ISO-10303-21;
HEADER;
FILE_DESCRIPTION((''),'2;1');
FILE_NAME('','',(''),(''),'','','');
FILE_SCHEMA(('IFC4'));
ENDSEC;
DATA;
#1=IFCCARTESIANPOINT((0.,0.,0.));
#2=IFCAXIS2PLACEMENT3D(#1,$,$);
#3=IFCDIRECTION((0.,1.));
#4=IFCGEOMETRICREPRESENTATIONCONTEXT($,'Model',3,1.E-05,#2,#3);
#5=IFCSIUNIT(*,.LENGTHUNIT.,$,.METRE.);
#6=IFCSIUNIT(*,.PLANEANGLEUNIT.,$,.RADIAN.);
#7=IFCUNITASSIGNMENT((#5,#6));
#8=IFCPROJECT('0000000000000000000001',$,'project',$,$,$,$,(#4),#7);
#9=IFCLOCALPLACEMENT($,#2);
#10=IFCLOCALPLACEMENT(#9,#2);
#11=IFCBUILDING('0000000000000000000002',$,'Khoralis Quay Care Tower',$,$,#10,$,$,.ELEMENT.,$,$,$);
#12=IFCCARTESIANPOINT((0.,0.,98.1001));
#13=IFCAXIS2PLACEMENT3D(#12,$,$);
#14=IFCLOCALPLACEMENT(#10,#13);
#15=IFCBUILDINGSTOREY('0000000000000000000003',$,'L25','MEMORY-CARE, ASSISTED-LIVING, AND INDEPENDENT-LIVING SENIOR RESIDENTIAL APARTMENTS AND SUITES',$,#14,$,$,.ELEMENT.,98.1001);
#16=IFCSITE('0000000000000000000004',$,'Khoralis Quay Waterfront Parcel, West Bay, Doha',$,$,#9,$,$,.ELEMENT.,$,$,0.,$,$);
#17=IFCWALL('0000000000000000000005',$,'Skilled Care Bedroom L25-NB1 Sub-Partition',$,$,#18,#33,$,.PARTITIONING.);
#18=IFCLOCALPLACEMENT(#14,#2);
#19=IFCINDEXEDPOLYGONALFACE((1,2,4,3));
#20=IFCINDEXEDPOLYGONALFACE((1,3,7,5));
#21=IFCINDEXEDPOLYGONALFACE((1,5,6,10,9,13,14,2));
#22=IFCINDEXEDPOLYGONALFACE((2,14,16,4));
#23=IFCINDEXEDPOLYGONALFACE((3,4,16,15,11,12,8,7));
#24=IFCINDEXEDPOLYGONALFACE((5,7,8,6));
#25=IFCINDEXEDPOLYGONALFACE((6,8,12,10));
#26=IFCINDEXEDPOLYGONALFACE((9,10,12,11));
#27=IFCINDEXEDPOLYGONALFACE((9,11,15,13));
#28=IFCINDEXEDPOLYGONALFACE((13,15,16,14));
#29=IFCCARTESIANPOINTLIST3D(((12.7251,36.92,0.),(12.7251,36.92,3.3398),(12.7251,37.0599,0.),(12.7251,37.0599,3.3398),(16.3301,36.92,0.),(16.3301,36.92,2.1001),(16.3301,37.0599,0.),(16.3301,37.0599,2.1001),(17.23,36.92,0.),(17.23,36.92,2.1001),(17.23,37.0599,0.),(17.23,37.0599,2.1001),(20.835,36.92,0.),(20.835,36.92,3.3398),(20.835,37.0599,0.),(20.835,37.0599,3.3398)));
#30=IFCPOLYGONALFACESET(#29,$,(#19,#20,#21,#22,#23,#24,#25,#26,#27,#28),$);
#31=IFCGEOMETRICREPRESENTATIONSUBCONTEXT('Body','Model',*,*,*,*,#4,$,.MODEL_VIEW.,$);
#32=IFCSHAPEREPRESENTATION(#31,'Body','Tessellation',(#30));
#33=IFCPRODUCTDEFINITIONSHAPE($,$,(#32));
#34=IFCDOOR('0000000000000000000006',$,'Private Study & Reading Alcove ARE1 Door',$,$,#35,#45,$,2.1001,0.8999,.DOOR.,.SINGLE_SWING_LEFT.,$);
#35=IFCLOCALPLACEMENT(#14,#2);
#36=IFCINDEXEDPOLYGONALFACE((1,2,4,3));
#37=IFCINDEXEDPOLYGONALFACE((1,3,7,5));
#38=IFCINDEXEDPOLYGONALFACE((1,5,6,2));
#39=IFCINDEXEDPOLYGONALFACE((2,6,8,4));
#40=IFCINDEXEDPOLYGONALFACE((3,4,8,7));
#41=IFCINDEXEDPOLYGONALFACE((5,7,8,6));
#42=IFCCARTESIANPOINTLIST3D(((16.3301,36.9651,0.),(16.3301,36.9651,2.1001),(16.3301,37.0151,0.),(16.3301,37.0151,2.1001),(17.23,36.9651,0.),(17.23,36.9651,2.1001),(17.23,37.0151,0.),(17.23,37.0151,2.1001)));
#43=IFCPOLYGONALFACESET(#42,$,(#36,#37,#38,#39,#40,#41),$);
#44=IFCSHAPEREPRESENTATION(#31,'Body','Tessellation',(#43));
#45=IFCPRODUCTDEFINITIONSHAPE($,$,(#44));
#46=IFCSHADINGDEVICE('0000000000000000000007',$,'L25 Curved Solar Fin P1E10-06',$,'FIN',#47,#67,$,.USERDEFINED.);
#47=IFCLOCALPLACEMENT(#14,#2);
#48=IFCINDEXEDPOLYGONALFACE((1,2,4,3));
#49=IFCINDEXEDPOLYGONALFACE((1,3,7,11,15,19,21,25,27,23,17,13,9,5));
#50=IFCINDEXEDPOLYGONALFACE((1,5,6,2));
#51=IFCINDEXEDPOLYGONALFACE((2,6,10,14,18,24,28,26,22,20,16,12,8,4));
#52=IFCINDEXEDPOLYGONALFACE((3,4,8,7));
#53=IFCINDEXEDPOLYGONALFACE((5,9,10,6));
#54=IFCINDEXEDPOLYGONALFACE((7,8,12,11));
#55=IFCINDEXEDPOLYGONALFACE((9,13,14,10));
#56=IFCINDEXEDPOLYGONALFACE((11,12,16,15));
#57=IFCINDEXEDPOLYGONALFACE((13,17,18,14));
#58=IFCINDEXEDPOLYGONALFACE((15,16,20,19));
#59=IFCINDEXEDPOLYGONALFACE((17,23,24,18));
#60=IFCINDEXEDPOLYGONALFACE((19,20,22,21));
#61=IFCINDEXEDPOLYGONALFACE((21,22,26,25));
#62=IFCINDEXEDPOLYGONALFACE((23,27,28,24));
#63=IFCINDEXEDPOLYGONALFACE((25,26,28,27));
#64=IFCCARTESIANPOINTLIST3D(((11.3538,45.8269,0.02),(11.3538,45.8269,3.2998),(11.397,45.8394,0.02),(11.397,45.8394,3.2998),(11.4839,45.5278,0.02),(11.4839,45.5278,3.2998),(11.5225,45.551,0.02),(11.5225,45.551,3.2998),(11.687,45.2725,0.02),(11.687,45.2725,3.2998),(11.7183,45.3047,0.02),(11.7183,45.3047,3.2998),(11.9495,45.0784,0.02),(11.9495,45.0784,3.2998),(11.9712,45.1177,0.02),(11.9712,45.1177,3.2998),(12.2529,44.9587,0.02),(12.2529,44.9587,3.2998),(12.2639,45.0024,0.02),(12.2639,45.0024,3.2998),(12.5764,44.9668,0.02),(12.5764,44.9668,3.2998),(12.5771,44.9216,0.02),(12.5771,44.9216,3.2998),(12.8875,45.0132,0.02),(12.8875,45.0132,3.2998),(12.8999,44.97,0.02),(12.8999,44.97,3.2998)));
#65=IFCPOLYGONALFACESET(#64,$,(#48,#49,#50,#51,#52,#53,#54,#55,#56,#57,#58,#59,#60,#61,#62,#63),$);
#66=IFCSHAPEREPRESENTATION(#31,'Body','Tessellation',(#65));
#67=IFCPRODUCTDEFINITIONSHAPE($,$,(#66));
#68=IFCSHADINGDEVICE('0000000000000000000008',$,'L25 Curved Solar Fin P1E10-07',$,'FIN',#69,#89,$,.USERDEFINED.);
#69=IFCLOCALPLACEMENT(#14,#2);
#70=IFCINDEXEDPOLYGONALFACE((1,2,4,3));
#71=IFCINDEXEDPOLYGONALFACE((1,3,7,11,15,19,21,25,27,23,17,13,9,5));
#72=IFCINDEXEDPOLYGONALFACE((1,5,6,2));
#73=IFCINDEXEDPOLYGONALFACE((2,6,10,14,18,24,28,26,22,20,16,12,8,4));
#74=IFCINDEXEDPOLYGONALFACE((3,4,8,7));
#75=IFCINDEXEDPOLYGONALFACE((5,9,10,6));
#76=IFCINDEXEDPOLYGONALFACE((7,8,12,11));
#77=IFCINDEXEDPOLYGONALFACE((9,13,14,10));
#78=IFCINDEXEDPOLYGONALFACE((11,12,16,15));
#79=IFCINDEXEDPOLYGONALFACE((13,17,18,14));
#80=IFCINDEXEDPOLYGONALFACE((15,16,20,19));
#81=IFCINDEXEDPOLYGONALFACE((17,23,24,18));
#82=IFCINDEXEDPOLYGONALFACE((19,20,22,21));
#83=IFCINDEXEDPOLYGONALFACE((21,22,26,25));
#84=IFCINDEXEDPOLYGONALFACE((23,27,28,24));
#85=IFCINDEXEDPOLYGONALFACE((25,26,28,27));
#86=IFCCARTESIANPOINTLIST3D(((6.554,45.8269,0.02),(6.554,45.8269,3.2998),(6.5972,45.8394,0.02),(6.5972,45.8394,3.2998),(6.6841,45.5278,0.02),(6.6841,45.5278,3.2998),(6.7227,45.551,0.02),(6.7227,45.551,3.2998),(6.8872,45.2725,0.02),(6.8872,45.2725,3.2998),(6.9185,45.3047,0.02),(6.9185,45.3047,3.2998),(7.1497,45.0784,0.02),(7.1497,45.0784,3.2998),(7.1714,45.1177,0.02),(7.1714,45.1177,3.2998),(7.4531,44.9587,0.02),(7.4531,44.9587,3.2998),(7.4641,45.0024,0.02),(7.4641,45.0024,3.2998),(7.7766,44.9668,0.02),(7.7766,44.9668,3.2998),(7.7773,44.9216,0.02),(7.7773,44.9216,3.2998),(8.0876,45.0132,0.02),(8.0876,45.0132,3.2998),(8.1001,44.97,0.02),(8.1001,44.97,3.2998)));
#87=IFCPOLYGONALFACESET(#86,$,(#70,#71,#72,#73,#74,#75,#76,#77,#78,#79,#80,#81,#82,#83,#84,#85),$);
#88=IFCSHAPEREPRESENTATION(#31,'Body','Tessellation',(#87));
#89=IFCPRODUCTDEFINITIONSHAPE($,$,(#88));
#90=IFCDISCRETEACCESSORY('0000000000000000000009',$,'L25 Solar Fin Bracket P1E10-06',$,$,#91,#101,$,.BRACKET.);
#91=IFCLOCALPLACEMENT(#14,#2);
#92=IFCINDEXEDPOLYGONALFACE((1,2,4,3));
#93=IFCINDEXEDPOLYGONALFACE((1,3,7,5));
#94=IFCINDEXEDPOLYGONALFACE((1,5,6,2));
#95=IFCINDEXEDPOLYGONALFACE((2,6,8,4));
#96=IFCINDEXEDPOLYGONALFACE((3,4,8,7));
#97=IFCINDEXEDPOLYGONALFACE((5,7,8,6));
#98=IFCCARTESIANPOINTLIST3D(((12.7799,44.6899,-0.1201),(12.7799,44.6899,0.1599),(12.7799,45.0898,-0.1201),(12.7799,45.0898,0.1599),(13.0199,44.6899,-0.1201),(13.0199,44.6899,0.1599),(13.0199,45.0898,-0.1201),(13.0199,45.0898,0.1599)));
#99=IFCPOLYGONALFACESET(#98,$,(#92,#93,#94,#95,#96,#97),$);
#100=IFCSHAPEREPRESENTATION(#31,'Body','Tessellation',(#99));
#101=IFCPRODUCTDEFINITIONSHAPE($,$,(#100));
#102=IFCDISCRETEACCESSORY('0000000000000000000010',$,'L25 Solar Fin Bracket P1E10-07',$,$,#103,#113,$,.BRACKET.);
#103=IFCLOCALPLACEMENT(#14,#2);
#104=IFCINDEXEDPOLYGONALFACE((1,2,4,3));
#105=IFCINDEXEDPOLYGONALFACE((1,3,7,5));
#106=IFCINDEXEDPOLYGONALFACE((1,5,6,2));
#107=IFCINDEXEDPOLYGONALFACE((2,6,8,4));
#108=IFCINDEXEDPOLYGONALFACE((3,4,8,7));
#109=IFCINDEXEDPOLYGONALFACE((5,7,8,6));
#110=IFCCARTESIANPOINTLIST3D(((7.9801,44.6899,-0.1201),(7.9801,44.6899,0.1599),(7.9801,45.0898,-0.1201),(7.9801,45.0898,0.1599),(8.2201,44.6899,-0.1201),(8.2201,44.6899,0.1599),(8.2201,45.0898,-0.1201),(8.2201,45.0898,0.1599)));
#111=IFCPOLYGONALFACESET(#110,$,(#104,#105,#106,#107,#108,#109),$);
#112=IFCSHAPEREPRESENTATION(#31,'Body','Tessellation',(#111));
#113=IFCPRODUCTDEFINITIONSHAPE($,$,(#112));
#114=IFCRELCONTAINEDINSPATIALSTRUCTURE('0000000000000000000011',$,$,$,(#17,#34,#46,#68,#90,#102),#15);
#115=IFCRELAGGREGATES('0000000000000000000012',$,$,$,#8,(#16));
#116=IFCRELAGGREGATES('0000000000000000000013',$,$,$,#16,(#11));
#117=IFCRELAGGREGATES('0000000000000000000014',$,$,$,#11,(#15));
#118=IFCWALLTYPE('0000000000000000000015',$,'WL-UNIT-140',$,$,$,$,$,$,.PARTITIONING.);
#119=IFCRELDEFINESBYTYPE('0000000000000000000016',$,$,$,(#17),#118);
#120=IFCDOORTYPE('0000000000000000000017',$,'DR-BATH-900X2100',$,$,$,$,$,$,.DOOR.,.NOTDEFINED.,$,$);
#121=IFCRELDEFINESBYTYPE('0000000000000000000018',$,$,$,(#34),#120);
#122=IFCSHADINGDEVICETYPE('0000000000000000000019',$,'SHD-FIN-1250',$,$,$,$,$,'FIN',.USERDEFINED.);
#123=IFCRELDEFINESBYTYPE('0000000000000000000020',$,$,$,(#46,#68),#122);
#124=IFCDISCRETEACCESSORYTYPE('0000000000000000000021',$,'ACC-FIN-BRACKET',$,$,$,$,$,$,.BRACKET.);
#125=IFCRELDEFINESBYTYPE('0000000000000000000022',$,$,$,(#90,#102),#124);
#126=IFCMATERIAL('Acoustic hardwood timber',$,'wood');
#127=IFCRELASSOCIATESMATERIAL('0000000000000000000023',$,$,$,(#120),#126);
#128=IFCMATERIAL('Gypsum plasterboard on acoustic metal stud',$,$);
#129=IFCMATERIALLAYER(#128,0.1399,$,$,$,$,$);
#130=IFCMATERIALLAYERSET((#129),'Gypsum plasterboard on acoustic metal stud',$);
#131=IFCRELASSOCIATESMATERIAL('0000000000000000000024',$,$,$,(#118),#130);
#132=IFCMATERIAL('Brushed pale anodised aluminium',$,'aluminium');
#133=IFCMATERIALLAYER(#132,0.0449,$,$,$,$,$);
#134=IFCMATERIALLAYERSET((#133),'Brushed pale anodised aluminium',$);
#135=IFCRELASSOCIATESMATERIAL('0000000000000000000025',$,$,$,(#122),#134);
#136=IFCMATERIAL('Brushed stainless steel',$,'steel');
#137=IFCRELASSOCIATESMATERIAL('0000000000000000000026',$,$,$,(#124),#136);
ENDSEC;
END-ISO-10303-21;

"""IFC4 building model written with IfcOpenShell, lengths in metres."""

from ifc_helpers import new_model, si_unit, direction, frame, frame_2d, origin, origin_2d, place, context, subcontext, project, spatial, polyline, rectangle, outline, extrude, source, transform, mapped, material, layer, layer_set, type_object, element, fill, save


model = new_model("IFC4")

# Units and contexts
model_context = context("Model", 3, precision=1e-05, world=origin(), true_north=direction((0.0, 1.0)))
body_context = subcontext(model_context, "Body", "Model", "MODEL_VIEW")
ifc_project = project(units=[si_unit("LENGTHUNIT", "METRE"), si_unit("PLANEANGLEUNIT", "RADIAN")], contexts=[model_context])

# Site, building, storey
site_placement = place(None, origin())
site = spatial("IfcSite", under=ifc_project, at=site_placement, Name="Khoralis Quay Waterfront Parcel, West Bay, Doha", CompositionType="ELEMENT", RefElevation=0.0)
building_placement = place(site_placement, origin())
building = spatial("IfcBuilding", under=site, at=building_placement, Name="Khoralis Quay Care Tower", CompositionType="ELEMENT")
storey_placement = place(building_placement, frame((0.0, 0.0, 98.1001)))
storey = spatial("IfcBuildingStorey", under=building, at=storey_placement, Name="L25", Description="MEMORY-CARE, ASSISTED-LIVING, AND INDEPENDENT-LIVING SENIOR RESIDENTIAL APARTMENTS AND SUITES", CompositionType="ELEMENT", Elevation=98.1001)

# Shared definitions
ifc_material_1 = material(Name="Acoustic hardwood timber", Category="wood")
door_type = type_object("IfcDoorType", Name="DR-BATH-900X2100", OperationType="NOTDEFINED", PredefinedType="DOOR", material=ifc_material_1)
shared_shape_1 = source(origin(), body_context, "Body", "SweptSolid", [
    extrude(rectangle(XDim=0.8999, YDim=2.1001, at=frame_2d((0.45, 1.05))), frame((0.0, 0.0249, 0.0), z_axis=(0.0, -1.0, 0.0), x_axis=(1.0, 0.0, 0.0)), (0.0, 0.0, 1.0), 0.05),
])

# Shared definitions
ifc_material_2 = material(Name="Gypsum plasterboard on acoustic metal stud")
ifc_layer_1 = layer(ifc_material_2, 0.1399)
ifc_layer_set_1 = layer_set([ifc_layer_1], Name="Gypsum plasterboard on acoustic metal stud")
wall_type_1 = type_object("IfcWallType", Name="WL-UNIT-140", PredefinedType="PARTITIONING", material=ifc_layer_set_1)

# Wall, opening, door
wall_1_placement = place(storey_placement, frame((12.7251, 36.99, 0.0), z_axis=(0.0, 0.0, 1.0), x_axis=(1.0, 0.0, 0.0)))
wall_1 = element("IfcWall", 1, at=wall_1_placement, inside=storey, type_object=wall_type_1, Name="Skilled Care Bedroom L25-NB1 Sub-Partition", PredefinedType="PARTITIONING", context=body_context, shape_type="SweptSolid", body=[
    extrude(rectangle(XDim=8.1099, YDim=0.1399, at=frame_2d((4.0549, 0.0))), origin(), (0.0, 0.0, 1.0), 3.3398),
])
opening_1_placement = place(wall_1_placement, frame((3.605, 0.0, 0.0)))
opening_1 = element("IfcOpeningElement", 2, at=opening_1_placement, cuts=wall_1, PredefinedType="OPENING", context=body_context, shape_type="SweptSolid", body=[
    extrude(rectangle(XDim=0.8999, YDim=2.1001, at=frame_2d((0.45, 1.05))), frame((0.0, 0.0801, 0.0), z_axis=(0.0, -1.0, 0.0), x_axis=(1.0, 0.0, 0.0)), (0.0, 0.0, 1.0), 0.1599),
])
door_1_placement = place(opening_1_placement, frame((0.8999, 0.0, 0.0), z_axis=(0.0, 0.0, 1.0), x_axis=(-1.0, 0.0, 0.0)))
door_1 = element("IfcDoor", 3, at=door_1_placement, inside=storey, type_object=door_type, Name="Private Study & Reading Alcove ARE1 Door", OperationType="SINGLE_SWING_LEFT", OverallHeight=2.1001, OverallWidth=0.8999, PredefinedType="DOOR", context=body_context, shape_type="MappedRepresentation", body=[
    mapped(shared_shape_1, transform((0.0, 0.0, 0.0), scale=1.0)),
])
fill(opening_1, door_1)

# Shading devices
ifc_material_3 = material(Name="Brushed pale anodised aluminium", Category="aluminium")
ifc_layer_2 = layer(ifc_material_3, 0.0449)
ifc_layer_set_2 = layer_set([ifc_layer_2], Name="Brushed pale anodised aluminium")
shading_device_type = type_object("IfcShadingDeviceType", Name="SHD-FIN-1250", ElementType="FIN", PredefinedType="USERDEFINED", material=ifc_layer_set_2)
shared_shape_2 = source(origin(), body_context, "Body", "SweptSolid", [
    extrude(outline(polyline([(0.0, 0.0), (-0.0483, 0.3228), (-0.0112, 0.647), (0.1084, 0.9504), (0.3025, 1.2129), (0.5579, 1.416), (0.8569, 1.5461), (0.8694, 1.5029), (0.5811, 1.3774), (0.3347, 1.1816), (0.1477, 0.9287), (0.0325, 0.636), (-0.0032, 0.3235), (0.0432, 0.0125), (0.0, 0.0)])), origin(), (0.0, 0.0, 1.0), 3.2798),
])
for number, where, z_axis, x_axis, name in (
    (4, (12.8999, 44.97, 0.02), (0.0, 0.0, 1.0), (0.0, 1.0, 0.0), "L25 Curved Solar Fin P1E10-06"),
    (5, (8.1001, 44.97, 0.02), (0.0, 0.0, 1.0), (0.0, 1.0, 0.0), "L25 Curved Solar Fin P1E10-07"),
):
    element("IfcShadingDevice", number, at=place(storey_placement, frame(where, z_axis=z_axis, x_axis=x_axis)), inside=storey, type_object=shading_device_type, Name=name, ObjectType="FIN", PredefinedType="USERDEFINED", context=body_context, shape_type="MappedRepresentation", body=[
        mapped(shared_shape_2, transform((0.0, 0.0, 0.0), scale=1.0)),
    ])

# Discrete accessories
ifc_material_4 = material(Name="Brushed stainless steel", Category="steel")
discrete_accessory_type = type_object("IfcDiscreteAccessoryType", Name="ACC-FIN-BRACKET", PredefinedType="BRACKET", material=ifc_material_4)
shared_shape_3 = source(origin(), body_context, "Body", "SweptSolid", [
    extrude(rectangle(XDim=0.3999, YDim=0.24, at=origin_2d()), origin(), (0.0, 0.0, 1.0), 0.28),
])
for number, where, z_axis, x_axis, name in (
    (6, (12.8999, 44.8899, -0.1201), (0.0, 0.0, 1.0), (0.0, 1.0, 0.0), "L25 Solar Fin Bracket P1E10-06"),
    (7, (8.1001, 44.8899, -0.1201), (0.0, 0.0, 1.0), (0.0, 1.0, 0.0), "L25 Solar Fin Bracket P1E10-07"),
):
    element("IfcDiscreteAccessory", number, at=place(storey_placement, frame(where, z_axis=z_axis, x_axis=x_axis)), inside=storey, type_object=discrete_accessory_type, Name=name, PredefinedType="BRACKET", context=body_context, shape_type="MappedRepresentation", body=[
        mapped(shared_shape_3, transform((0.0, 0.0, 0.0), scale=1.0)),
    ])

save(model, "model.ifc")
